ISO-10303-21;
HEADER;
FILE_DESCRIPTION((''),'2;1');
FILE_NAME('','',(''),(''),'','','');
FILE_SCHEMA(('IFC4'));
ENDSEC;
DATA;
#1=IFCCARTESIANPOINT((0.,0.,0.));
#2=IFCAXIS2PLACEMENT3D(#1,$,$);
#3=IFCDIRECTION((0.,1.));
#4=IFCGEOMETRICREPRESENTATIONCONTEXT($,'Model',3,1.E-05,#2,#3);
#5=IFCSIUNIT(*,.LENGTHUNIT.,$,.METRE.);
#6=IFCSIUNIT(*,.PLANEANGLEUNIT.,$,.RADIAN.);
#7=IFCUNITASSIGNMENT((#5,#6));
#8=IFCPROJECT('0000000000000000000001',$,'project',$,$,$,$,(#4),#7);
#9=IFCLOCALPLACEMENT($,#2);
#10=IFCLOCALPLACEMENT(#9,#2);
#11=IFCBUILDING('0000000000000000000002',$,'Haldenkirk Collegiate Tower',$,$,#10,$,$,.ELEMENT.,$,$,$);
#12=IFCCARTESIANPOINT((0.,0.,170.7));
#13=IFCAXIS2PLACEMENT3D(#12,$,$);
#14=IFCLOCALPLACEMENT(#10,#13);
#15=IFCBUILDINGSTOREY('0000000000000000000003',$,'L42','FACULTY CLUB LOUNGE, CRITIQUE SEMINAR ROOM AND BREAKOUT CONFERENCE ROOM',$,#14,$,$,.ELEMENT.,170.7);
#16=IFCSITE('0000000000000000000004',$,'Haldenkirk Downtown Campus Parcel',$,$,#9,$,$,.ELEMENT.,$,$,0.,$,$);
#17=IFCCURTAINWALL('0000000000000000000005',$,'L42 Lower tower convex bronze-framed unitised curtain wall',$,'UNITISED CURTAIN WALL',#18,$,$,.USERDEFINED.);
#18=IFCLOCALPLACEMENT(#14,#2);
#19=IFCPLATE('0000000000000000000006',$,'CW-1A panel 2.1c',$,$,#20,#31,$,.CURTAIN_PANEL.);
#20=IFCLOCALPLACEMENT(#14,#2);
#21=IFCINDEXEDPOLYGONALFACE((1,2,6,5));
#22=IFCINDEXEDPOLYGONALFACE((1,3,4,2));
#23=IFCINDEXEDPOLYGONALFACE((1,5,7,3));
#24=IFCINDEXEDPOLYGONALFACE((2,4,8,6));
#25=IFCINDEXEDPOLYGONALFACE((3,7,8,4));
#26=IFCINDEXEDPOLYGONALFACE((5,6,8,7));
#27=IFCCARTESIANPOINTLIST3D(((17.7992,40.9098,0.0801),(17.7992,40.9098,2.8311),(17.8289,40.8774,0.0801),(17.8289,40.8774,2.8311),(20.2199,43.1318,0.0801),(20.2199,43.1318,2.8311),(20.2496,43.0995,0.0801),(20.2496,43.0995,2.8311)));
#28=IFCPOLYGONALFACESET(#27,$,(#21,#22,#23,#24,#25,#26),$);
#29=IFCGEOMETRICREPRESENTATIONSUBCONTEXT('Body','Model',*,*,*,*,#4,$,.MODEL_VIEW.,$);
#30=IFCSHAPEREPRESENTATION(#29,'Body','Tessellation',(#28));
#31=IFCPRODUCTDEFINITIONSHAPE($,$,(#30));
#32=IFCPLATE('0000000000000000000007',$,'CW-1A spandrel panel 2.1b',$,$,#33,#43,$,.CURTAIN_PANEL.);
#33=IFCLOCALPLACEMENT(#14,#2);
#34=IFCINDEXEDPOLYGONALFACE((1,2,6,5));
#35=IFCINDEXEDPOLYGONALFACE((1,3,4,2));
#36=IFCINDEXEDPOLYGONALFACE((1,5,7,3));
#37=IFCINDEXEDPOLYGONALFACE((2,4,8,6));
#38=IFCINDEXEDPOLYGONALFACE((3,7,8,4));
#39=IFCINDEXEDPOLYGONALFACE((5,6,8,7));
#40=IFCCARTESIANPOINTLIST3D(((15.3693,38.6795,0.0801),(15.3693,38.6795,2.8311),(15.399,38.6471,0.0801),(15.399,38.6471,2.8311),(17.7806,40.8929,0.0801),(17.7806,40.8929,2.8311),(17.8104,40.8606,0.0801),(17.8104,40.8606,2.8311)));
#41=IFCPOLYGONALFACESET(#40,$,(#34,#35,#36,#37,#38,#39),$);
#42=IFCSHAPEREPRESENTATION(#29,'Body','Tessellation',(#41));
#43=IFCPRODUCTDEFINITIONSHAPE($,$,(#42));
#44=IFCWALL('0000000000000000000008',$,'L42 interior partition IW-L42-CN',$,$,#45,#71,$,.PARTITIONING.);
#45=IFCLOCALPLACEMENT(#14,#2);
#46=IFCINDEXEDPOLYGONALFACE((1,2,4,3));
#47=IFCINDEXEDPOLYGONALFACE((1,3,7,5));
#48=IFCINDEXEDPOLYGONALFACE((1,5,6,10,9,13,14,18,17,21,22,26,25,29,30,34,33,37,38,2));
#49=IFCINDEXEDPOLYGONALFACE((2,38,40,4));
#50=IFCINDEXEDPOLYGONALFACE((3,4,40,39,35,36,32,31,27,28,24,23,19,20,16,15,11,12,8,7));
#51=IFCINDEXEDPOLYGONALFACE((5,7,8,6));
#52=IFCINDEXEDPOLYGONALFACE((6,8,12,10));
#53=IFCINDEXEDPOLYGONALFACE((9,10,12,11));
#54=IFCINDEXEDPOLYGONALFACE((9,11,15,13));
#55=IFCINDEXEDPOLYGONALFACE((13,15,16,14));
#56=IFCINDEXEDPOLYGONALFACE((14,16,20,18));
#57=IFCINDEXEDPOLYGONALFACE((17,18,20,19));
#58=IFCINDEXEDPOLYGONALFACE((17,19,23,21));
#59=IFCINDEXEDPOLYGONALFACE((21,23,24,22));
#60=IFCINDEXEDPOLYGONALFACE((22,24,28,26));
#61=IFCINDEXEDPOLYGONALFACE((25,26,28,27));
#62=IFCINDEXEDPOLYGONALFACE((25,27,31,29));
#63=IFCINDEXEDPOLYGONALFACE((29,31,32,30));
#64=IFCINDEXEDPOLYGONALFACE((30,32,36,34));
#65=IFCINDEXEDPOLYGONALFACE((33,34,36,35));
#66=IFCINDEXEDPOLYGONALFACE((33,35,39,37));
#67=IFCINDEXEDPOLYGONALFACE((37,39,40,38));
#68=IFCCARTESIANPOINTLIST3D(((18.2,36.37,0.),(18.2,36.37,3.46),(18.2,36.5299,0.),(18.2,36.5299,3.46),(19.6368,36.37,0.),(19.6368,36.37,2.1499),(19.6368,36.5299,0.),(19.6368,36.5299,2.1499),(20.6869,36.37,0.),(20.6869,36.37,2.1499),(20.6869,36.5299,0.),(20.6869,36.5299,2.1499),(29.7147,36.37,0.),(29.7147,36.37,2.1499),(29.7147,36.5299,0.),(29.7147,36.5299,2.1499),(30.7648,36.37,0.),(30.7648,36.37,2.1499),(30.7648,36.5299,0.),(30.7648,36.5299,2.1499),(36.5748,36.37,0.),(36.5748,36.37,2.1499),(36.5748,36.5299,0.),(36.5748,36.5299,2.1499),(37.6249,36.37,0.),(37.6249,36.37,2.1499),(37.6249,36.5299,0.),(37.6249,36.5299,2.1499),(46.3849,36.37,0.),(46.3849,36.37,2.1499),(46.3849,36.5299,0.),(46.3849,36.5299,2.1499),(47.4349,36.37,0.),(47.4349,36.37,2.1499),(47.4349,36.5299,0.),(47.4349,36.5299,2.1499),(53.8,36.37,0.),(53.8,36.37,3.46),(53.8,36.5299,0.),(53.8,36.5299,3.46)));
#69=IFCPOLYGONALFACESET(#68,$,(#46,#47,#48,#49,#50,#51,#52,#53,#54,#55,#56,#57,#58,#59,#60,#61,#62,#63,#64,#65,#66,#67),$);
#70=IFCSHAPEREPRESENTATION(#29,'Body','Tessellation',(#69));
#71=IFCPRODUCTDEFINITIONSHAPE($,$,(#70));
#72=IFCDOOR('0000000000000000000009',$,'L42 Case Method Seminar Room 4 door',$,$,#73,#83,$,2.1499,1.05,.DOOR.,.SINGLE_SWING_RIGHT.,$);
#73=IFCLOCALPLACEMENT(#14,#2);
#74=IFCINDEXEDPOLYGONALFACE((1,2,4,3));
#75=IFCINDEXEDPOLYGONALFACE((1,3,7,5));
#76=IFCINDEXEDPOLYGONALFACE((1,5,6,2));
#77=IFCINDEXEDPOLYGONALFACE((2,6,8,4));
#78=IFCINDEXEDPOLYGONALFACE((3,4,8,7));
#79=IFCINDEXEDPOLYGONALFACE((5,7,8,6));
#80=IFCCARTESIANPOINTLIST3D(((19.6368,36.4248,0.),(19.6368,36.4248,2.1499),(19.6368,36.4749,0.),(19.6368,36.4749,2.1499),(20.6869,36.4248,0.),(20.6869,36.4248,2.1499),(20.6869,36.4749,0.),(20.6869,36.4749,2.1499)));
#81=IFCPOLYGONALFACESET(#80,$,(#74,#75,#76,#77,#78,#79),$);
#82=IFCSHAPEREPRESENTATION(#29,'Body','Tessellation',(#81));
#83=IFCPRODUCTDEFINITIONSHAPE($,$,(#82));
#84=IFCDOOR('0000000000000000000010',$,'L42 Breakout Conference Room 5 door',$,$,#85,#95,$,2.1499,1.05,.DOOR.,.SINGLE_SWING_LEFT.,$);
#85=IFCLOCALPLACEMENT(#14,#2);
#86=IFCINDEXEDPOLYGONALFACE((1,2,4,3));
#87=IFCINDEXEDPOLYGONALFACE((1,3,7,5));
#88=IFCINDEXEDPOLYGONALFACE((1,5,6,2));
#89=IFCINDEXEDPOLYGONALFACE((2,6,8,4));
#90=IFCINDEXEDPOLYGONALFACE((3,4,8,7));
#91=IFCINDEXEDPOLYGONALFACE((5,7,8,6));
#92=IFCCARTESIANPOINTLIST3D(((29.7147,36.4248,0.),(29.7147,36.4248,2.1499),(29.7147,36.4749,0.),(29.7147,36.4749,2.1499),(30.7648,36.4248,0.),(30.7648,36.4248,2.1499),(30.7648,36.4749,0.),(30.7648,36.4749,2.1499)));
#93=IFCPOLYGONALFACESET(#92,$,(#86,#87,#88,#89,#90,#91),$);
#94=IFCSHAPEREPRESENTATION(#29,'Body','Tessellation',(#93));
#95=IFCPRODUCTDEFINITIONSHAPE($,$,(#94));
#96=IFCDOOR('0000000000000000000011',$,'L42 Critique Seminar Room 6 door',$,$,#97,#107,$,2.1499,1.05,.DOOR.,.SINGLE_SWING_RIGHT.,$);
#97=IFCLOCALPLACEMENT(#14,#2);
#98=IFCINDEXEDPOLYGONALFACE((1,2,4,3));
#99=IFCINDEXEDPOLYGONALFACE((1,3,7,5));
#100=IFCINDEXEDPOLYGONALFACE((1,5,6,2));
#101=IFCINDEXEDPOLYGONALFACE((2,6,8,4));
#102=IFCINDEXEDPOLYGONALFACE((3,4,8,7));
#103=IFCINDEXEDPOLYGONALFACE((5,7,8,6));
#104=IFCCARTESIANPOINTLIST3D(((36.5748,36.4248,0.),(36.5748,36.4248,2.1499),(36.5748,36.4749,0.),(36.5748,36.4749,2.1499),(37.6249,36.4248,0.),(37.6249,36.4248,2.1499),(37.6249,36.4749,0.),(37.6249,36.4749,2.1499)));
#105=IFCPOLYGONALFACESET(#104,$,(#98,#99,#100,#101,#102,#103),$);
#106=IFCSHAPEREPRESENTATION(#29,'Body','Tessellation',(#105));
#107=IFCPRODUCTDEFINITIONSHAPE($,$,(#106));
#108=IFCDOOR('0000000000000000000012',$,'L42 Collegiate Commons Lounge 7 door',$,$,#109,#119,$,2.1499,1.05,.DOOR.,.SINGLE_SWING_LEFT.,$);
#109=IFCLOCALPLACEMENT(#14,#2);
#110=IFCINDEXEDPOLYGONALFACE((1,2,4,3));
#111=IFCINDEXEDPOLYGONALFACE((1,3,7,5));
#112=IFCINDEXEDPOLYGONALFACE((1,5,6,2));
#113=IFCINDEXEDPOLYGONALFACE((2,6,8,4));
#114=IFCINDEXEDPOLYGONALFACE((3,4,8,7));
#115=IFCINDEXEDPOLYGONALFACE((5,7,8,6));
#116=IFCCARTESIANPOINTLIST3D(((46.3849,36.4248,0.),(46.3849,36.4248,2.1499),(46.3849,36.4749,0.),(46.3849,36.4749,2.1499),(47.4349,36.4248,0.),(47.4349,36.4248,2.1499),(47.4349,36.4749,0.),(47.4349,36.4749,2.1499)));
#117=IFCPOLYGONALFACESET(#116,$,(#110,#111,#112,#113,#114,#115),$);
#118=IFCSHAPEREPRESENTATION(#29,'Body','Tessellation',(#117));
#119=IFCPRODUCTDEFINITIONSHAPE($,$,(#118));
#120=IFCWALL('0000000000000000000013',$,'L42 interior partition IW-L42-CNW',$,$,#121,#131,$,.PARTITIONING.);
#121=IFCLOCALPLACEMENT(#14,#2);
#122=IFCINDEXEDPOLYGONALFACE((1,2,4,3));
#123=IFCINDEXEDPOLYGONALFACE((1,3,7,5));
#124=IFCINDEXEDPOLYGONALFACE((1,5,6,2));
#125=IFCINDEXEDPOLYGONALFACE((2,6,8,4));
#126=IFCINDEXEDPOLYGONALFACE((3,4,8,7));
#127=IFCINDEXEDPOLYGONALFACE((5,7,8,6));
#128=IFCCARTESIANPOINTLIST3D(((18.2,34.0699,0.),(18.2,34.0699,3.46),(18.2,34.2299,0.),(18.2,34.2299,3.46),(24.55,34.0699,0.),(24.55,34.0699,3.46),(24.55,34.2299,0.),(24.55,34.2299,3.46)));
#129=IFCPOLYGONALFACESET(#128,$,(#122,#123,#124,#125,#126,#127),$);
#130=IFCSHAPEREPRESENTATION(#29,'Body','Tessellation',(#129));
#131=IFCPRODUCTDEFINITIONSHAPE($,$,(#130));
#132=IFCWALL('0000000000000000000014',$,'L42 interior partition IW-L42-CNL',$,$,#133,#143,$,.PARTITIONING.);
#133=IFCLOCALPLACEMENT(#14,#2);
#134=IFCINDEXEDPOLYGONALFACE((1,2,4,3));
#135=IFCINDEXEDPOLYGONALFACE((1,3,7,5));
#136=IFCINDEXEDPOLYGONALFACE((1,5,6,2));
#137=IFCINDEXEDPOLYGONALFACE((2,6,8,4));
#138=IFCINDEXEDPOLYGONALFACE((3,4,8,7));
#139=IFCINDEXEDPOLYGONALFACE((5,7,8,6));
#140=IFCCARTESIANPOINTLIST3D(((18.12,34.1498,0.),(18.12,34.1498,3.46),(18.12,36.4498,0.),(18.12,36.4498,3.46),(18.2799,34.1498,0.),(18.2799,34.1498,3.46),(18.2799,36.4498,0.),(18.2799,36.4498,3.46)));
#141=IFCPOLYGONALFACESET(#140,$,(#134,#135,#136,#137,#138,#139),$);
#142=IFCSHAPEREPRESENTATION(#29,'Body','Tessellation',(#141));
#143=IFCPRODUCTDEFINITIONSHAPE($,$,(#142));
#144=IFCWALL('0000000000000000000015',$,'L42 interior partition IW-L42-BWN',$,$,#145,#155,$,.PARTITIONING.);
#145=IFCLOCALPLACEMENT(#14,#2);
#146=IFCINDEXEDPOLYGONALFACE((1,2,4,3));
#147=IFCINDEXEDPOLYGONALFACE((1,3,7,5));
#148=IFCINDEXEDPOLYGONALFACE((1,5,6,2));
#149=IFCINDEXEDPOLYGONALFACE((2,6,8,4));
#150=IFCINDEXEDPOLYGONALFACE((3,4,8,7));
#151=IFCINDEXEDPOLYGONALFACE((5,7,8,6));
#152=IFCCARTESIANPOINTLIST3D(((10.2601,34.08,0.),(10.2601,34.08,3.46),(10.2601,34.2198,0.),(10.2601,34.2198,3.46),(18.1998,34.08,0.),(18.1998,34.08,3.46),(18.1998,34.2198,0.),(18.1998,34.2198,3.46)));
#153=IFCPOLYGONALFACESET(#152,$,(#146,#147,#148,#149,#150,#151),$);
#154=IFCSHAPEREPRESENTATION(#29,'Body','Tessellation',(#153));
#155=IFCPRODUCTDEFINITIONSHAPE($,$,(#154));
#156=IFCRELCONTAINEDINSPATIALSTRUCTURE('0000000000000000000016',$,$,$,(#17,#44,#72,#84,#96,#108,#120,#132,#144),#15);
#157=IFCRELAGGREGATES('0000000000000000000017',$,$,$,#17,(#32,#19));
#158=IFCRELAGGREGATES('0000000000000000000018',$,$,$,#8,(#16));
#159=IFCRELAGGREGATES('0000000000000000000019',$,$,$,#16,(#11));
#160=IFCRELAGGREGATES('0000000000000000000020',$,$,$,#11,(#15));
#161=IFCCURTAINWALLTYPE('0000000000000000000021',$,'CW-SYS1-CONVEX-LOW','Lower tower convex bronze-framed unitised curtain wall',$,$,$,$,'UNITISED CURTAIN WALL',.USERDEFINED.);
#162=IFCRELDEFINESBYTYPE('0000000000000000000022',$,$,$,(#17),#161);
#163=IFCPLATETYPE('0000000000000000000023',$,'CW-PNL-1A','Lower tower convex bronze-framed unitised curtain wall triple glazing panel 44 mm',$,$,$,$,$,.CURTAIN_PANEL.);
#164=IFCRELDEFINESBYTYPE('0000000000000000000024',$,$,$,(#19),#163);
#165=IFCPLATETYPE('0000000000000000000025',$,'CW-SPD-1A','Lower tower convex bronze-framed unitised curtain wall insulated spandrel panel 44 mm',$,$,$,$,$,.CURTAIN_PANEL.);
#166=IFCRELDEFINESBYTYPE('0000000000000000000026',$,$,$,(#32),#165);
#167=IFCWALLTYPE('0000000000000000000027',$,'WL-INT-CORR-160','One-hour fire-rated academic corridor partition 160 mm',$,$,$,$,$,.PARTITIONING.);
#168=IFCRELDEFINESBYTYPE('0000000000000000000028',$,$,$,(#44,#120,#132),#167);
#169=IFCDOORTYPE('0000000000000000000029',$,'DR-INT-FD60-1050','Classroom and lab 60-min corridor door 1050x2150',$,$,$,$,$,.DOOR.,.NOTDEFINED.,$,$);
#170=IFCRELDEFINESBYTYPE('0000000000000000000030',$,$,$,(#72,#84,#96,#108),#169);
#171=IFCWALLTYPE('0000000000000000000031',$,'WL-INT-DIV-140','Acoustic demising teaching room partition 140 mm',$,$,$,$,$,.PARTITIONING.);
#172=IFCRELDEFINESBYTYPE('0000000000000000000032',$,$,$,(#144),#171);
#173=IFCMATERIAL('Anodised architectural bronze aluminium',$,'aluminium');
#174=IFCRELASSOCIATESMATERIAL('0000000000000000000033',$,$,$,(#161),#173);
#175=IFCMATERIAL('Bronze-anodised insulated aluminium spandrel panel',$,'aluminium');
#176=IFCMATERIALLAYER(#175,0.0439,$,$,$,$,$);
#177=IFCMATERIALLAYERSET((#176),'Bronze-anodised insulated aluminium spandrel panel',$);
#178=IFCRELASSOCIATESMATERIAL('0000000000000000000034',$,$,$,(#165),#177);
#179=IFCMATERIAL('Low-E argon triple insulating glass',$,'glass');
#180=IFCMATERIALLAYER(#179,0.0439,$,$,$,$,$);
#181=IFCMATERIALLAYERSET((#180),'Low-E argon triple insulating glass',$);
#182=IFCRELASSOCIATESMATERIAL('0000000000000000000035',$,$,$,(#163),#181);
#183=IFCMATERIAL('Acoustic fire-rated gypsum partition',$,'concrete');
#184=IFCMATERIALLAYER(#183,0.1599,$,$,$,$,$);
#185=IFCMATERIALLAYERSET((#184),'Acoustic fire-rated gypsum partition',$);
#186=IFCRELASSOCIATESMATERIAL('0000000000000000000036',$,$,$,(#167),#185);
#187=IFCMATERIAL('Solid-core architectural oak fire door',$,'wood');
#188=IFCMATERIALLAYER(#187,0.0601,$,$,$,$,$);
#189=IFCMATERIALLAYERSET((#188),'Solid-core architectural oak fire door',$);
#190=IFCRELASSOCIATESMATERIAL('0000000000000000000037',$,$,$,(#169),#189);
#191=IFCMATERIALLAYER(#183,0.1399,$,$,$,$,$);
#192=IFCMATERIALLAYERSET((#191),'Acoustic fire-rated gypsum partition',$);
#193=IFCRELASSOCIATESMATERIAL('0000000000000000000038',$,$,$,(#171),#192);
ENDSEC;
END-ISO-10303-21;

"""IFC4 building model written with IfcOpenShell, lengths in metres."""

from ifc_helpers import new_model, si_unit, direction, frame, frame_2d, origin, origin_2d, place, context, subcontext, project, spatial, rectangle, extrude, source, transform, mapped, material, layer, layer_set, type_object, element, fill, aggregate, save


model = new_model("IFC4")

# Units and contexts
model_context = context("Model", 3, precision=1e-05, world=origin(), true_north=direction((0.0, 1.0)))
body_context = subcontext(model_context, "Body", "Model", "MODEL_VIEW")
ifc_project = project(units=[si_unit("LENGTHUNIT", "METRE"), si_unit("PLANEANGLEUNIT", "RADIAN")], contexts=[model_context])

# Site, building, storey
site_placement = place(None, origin())
site = spatial("IfcSite", under=ifc_project, at=site_placement, Name="Haldenkirk Downtown Campus Parcel", CompositionType="ELEMENT", RefElevation=0.0)
building_placement = place(site_placement, origin())
building = spatial("IfcBuilding", under=site, at=building_placement, Name="Haldenkirk Collegiate Tower", CompositionType="ELEMENT")
storey_placement = place(building_placement, frame((0.0, 0.0, 170.7)))
storey = spatial("IfcBuildingStorey", under=building, at=storey_placement, Name="L42", Description="FACULTY CLUB LOUNGE, CRITIQUE SEMINAR ROOM AND BREAKOUT CONFERENCE ROOM", CompositionType="ELEMENT", Elevation=170.7)

# Curtain wall
ifc_material_1 = material(Name="Anodised architectural bronze aluminium", Category="aluminium")
curtain_wall_type = type_object("IfcCurtainWallType", Name="CW-SYS1-CONVEX-LOW", Description="Lower tower convex bronze-framed unitised curtain wall", ElementType="UNITISED CURTAIN WALL", PredefinedType="USERDEFINED", material=ifc_material_1)
curtain_wall_placement = place(storey_placement, origin())
curtain_wall = element("IfcCurtainWall", 1, at=curtain_wall_placement, inside=storey, type_object=curtain_wall_type, Name="L42 Lower tower convex bronze-framed unitised curtain wall", ObjectType="UNITISED CURTAIN WALL", PredefinedType="USERDEFINED")

# Plates
ifc_material_2 = material(Name="Bronze-anodised insulated aluminium spandrel panel", Category="aluminium")
ifc_layer_1 = layer(ifc_material_2, 0.0439)
ifc_layer_set_1 = layer_set([ifc_layer_1], Name="Bronze-anodised insulated aluminium spandrel panel")
plate_type_1 = type_object("IfcPlateType", Name="CW-SPD-1A", Description="Lower tower convex bronze-framed unitised curtain wall insulated spandrel panel 44 mm", PredefinedType="CURTAIN_PANEL", material=ifc_layer_set_1)
shared_shape_1 = source(origin(), body_context, "Body", "SweptSolid", [
    extrude(rectangle(XDim=3.2859, YDim=0.0439, at=origin_2d()), origin(), (0.0, 0.0, 1.0), 2.751),
])
ifc_material_3 = material(Name="Low-E argon triple insulating glass", Category="glass")
ifc_layer_2 = layer(ifc_material_3, 0.0439)
ifc_layer_set_2 = layer_set([ifc_layer_2], Name="Low-E argon triple insulating glass")
plate_type_2 = type_object("IfcPlateType", Name="CW-PNL-1A", Description="Lower tower convex bronze-framed unitised curtain wall triple glazing panel 44 mm", PredefinedType="CURTAIN_PANEL", material=ifc_layer_set_2)
plate_1_placement = place(storey_placement, frame((19.0244, 42.0046, 0.0801), z_axis=(0.0, 0.0, 1.0), x_axis=(0.736688, 0.676232, 0.0)))
plate_1 = element("IfcPlate", 2, at=plate_1_placement, type_object=plate_type_2, Name="CW-1A panel 2.1c", PredefinedType="CURTAIN_PANEL", context=body_context, shape_type="MappedRepresentation", body=[
    mapped(shared_shape_1, transform((0.0, 0.0, 0.0), x_axis=(1.0, 0.0, 0.0), y_axis=(0.0, 1.0, 0.0), z_axis=(0.0, 0.0, 1.0), scale=1.0)),
])
shared_shape_2 = source(origin(), body_context, "Body", "SweptSolid", [
    extrude(rectangle(XDim=3.2732, YDim=0.0439, at=origin_2d()), origin(), (0.0, 0.0, 1.0), 2.751),
])
plate_2_placement = place(storey_placement, frame((16.5898, 39.77, 0.0801), z_axis=(0.0, 0.0, 1.0), x_axis=(0.736688, 0.676232, 0.0)))
plate_2 = element("IfcPlate", 3, at=plate_2_placement, type_object=plate_type_1, Name="CW-1A spandrel panel 2.1b", PredefinedType="CURTAIN_PANEL", context=body_context, shape_type="MappedRepresentation", body=[
    mapped(shared_shape_2, transform((0.0, 0.0, 0.0), x_axis=(1.0, 0.0, 0.0), y_axis=(0.0, 1.0, 0.0), z_axis=(0.0, 0.0, 1.0), scale=1.0)),
])
aggregate(curtain_wall, [plate_2, plate_1])

# Wall, openings, doors
ifc_material_4 = material(Name="Acoustic fire-rated gypsum partition", Category="concrete")
ifc_layer_3 = layer(ifc_material_4, 0.1599)
ifc_layer_set_3 = layer_set([ifc_layer_3], Name="Acoustic fire-rated gypsum partition")
wall_type_1 = type_object("IfcWallType", Name="WL-INT-CORR-160", Description="One-hour fire-rated academic corridor partition 160 mm", PredefinedType="PARTITIONING", material=ifc_layer_set_3)
wall_1_placement = place(storey_placement, frame((18.2, 36.45, 0.0), z_axis=(0.0, 0.0, 1.0), x_axis=(1.0, 0.0, 0.0)))
wall_1 = element("IfcWall", 4, at=wall_1_placement, inside=storey, type_object=wall_type_1, Name="L42 interior partition IW-L42-CN", PredefinedType="PARTITIONING", context=body_context, shape_type="SweptSolid", body=[
    extrude(rectangle(XDim=35.6001, YDim=0.1599, at=frame_2d((17.8, 0.0))), origin(), (0.0, 0.0, 1.0), 3.46),
])
opening_1_placement = place(wall_1_placement, frame((1.437, 0.0, 0.0)))
opening_1 = element("IfcOpeningElement", 5, at=opening_1_placement, cuts=wall_1, PredefinedType="OPENING", context=body_context, shape_type="SweptSolid", body=[
    extrude(rectangle(XDim=1.05, YDim=2.1499, at=frame_2d((0.5249, 1.075))), frame((0.0, 0.0898, 0.0), z_axis=(0.0, -1.0, 0.0), x_axis=(1.0, 0.0, 0.0)), (0.0, 0.0, 1.0), 0.1799),
])
opening_2_placement = place(wall_1_placement, frame((11.5149, 0.0, 0.0)))
opening_2 = element("IfcOpeningElement", 6, at=opening_2_placement, cuts=wall_1, PredefinedType="OPENING", context=body_context, shape_type="SweptSolid", body=[
    extrude(rectangle(XDim=1.05, YDim=2.1499, at=frame_2d((0.5249, 1.075))), frame((0.0, 0.0898, 0.0), z_axis=(0.0, -1.0, 0.0), x_axis=(1.0, 0.0, 0.0)), (0.0, 0.0, 1.0), 0.1799),
])
opening_3_placement = place(wall_1_placement, frame((18.375, 0.0, 0.0)))
opening_3 = element("IfcOpeningElement", 7, at=opening_3_placement, cuts=wall_1, PredefinedType="OPENING", context=body_context, shape_type="SweptSolid", body=[
    extrude(rectangle(XDim=1.05, YDim=2.1499, at=frame_2d((0.5249, 1.075))), frame((0.0, 0.0898, 0.0), z_axis=(0.0, -1.0, 0.0), x_axis=(1.0, 0.0, 0.0)), (0.0, 0.0, 1.0), 0.1799),
])
opening_4_placement = place(wall_1_placement, frame((28.1851, 0.0, 0.0)))
opening_4 = element("IfcOpeningElement", 8, at=opening_4_placement, cuts=wall_1, PredefinedType="OPENING", context=body_context, shape_type="SweptSolid", body=[
    extrude(rectangle(XDim=1.05, YDim=2.1499, at=frame_2d((0.5249, 1.075))), frame((0.0, 0.0898, 0.0), z_axis=(0.0, -1.0, 0.0), x_axis=(1.0, 0.0, 0.0)), (0.0, 0.0, 1.0), 0.1799),
])
ifc_material_5 = material(Name="Solid-core architectural oak fire door", Category="wood")
ifc_layer_4 = layer(ifc_material_5, 0.0601)
ifc_layer_set_4 = layer_set([ifc_layer_4], Name="Solid-core architectural oak fire door")
door_type = type_object("IfcDoorType", Name="DR-INT-FD60-1050", Description="Classroom and lab 60-min corridor door 1050x2150", OperationType="NOTDEFINED", PredefinedType="DOOR", material=ifc_layer_set_4)
door_1_placement = place(opening_1_placement, origin())
door_1 = element("IfcDoor", 9, at=door_1_placement, inside=storey, type_object=door_type, Name="L42 Case Method Seminar Room 4 door", OperationType="SINGLE_SWING_RIGHT", OverallHeight=2.1499, OverallWidth=1.05, PredefinedType="DOOR", context=body_context, shape_type="SweptSolid", body=[
    extrude(rectangle(XDim=1.05, YDim=2.1499, at=frame_2d((0.5249, 1.075))), frame((0.0, 0.0249, 0.0), z_axis=(0.0, -1.0, 0.0), x_axis=(1.0, 0.0, 0.0)), (0.0, 0.0, 1.0), 0.05),
])
fill(opening_1, door_1)
door_2_placement = place(opening_2_placement, origin())
door_2 = element("IfcDoor", 10, at=door_2_placement, inside=storey, type_object=door_type, Name="L42 Breakout Conference Room 5 door", OperationType="SINGLE_SWING_LEFT", OverallHeight=2.1499, OverallWidth=1.05, PredefinedType="DOOR", context=body_context, shape_type="SweptSolid", body=[
    extrude(rectangle(XDim=1.05, YDim=2.1499, at=frame_2d((0.5249, 1.075))), frame((0.0, 0.0249, 0.0), z_axis=(0.0, -1.0, 0.0), x_axis=(1.0, 0.0, 0.0)), (0.0, 0.0, 1.0), 0.05),
])
fill(opening_2, door_2)
door_3_placement = place(opening_3_placement, origin())
door_3 = element("IfcDoor", 11, at=door_3_placement, inside=storey, type_object=door_type, Name="L42 Critique Seminar Room 6 door", OperationType="SINGLE_SWING_RIGHT", OverallHeight=2.1499, OverallWidth=1.05, PredefinedType="DOOR", context=body_context, shape_type="SweptSolid", body=[
    extrude(rectangle(XDim=1.05, YDim=2.1499, at=frame_2d((0.5249, 1.075))), frame((0.0, 0.0249, 0.0), z_axis=(0.0, -1.0, 0.0), x_axis=(1.0, 0.0, 0.0)), (0.0, 0.0, 1.0), 0.05),
])
fill(opening_3, door_3)
door_4_placement = place(opening_4_placement, origin())
door_4 = element("IfcDoor", 12, at=door_4_placement, inside=storey, type_object=door_type, Name="L42 Collegiate Commons Lounge 7 door", OperationType="SINGLE_SWING_LEFT", OverallHeight=2.1499, OverallWidth=1.05, PredefinedType="DOOR", context=body_context, shape_type="SweptSolid", body=[
    extrude(rectangle(XDim=1.05, YDim=2.1499, at=frame_2d((0.5249, 1.075))), frame((0.0, 0.0249, 0.0), z_axis=(0.0, -1.0, 0.0), x_axis=(1.0, 0.0, 0.0)), (0.0, 0.0, 1.0), 0.05),
])
fill(opening_4, door_4)

# Walls
wall_2_placement = place(storey_placement, frame((18.2, 34.1499, 0.0), z_axis=(0.0, 0.0, 1.0), x_axis=(1.0, 0.0, 0.0)))
element("IfcWall", 13, at=wall_2_placement, inside=storey, type_object=wall_type_1, Name="L42 interior partition IW-L42-CNW", PredefinedType="PARTITIONING", context=body_context, shape_type="SweptSolid", body=[
    extrude(rectangle(XDim=6.3501, YDim=0.1599, at=frame_2d((3.175, 0.0))), origin(), (0.0, 0.0, 1.0), 3.46),
])
wall_3_placement = place(storey_placement, frame((18.2, 34.1499, 0.0), z_axis=(0.0, 0.0, 1.0), x_axis=(0.0, 1.0, 0.0)))
element("IfcWall", 14, at=wall_3_placement, inside=storey, type_object=wall_type_1, Name="L42 interior partition IW-L42-CNL", PredefinedType="PARTITIONING", context=body_context, shape_type="SweptSolid", body=[
    extrude(rectangle(XDim=2.3, YDim=0.1599, at=frame_2d((1.1499, 0.0))), origin(), (0.0, 0.0, 1.0), 3.46),
])
ifc_layer_5 = layer(ifc_material_4, 0.1399)
ifc_layer_set_5 = layer_set([ifc_layer_5], Name="Acoustic fire-rated gypsum partition")
wall_type_2 = type_object("IfcWallType", Name="WL-INT-DIV-140", Description="Acoustic demising teaching room partition 140 mm", PredefinedType="PARTITIONING", material=ifc_layer_set_5)
wall_4_placement = place(storey_placement, frame((10.2603, 34.1499, 0.0), z_axis=(0.0, 0.0, 1.0), x_axis=(1.0, 0.0, 0.0)))
element("IfcWall", 15, at=wall_4_placement, inside=storey, type_object=wall_type_2, Name="L42 interior partition IW-L42-BWN", PredefinedType="PARTITIONING", context=body_context, shape_type="SweptSolid", body=[
    extrude(rectangle(XDim=7.9397, YDim=0.1399, at=frame_2d((3.9697, 0.0))), origin(), (0.0, 0.0, 1.0), 3.46),
])

save(model, "model.ifc")
